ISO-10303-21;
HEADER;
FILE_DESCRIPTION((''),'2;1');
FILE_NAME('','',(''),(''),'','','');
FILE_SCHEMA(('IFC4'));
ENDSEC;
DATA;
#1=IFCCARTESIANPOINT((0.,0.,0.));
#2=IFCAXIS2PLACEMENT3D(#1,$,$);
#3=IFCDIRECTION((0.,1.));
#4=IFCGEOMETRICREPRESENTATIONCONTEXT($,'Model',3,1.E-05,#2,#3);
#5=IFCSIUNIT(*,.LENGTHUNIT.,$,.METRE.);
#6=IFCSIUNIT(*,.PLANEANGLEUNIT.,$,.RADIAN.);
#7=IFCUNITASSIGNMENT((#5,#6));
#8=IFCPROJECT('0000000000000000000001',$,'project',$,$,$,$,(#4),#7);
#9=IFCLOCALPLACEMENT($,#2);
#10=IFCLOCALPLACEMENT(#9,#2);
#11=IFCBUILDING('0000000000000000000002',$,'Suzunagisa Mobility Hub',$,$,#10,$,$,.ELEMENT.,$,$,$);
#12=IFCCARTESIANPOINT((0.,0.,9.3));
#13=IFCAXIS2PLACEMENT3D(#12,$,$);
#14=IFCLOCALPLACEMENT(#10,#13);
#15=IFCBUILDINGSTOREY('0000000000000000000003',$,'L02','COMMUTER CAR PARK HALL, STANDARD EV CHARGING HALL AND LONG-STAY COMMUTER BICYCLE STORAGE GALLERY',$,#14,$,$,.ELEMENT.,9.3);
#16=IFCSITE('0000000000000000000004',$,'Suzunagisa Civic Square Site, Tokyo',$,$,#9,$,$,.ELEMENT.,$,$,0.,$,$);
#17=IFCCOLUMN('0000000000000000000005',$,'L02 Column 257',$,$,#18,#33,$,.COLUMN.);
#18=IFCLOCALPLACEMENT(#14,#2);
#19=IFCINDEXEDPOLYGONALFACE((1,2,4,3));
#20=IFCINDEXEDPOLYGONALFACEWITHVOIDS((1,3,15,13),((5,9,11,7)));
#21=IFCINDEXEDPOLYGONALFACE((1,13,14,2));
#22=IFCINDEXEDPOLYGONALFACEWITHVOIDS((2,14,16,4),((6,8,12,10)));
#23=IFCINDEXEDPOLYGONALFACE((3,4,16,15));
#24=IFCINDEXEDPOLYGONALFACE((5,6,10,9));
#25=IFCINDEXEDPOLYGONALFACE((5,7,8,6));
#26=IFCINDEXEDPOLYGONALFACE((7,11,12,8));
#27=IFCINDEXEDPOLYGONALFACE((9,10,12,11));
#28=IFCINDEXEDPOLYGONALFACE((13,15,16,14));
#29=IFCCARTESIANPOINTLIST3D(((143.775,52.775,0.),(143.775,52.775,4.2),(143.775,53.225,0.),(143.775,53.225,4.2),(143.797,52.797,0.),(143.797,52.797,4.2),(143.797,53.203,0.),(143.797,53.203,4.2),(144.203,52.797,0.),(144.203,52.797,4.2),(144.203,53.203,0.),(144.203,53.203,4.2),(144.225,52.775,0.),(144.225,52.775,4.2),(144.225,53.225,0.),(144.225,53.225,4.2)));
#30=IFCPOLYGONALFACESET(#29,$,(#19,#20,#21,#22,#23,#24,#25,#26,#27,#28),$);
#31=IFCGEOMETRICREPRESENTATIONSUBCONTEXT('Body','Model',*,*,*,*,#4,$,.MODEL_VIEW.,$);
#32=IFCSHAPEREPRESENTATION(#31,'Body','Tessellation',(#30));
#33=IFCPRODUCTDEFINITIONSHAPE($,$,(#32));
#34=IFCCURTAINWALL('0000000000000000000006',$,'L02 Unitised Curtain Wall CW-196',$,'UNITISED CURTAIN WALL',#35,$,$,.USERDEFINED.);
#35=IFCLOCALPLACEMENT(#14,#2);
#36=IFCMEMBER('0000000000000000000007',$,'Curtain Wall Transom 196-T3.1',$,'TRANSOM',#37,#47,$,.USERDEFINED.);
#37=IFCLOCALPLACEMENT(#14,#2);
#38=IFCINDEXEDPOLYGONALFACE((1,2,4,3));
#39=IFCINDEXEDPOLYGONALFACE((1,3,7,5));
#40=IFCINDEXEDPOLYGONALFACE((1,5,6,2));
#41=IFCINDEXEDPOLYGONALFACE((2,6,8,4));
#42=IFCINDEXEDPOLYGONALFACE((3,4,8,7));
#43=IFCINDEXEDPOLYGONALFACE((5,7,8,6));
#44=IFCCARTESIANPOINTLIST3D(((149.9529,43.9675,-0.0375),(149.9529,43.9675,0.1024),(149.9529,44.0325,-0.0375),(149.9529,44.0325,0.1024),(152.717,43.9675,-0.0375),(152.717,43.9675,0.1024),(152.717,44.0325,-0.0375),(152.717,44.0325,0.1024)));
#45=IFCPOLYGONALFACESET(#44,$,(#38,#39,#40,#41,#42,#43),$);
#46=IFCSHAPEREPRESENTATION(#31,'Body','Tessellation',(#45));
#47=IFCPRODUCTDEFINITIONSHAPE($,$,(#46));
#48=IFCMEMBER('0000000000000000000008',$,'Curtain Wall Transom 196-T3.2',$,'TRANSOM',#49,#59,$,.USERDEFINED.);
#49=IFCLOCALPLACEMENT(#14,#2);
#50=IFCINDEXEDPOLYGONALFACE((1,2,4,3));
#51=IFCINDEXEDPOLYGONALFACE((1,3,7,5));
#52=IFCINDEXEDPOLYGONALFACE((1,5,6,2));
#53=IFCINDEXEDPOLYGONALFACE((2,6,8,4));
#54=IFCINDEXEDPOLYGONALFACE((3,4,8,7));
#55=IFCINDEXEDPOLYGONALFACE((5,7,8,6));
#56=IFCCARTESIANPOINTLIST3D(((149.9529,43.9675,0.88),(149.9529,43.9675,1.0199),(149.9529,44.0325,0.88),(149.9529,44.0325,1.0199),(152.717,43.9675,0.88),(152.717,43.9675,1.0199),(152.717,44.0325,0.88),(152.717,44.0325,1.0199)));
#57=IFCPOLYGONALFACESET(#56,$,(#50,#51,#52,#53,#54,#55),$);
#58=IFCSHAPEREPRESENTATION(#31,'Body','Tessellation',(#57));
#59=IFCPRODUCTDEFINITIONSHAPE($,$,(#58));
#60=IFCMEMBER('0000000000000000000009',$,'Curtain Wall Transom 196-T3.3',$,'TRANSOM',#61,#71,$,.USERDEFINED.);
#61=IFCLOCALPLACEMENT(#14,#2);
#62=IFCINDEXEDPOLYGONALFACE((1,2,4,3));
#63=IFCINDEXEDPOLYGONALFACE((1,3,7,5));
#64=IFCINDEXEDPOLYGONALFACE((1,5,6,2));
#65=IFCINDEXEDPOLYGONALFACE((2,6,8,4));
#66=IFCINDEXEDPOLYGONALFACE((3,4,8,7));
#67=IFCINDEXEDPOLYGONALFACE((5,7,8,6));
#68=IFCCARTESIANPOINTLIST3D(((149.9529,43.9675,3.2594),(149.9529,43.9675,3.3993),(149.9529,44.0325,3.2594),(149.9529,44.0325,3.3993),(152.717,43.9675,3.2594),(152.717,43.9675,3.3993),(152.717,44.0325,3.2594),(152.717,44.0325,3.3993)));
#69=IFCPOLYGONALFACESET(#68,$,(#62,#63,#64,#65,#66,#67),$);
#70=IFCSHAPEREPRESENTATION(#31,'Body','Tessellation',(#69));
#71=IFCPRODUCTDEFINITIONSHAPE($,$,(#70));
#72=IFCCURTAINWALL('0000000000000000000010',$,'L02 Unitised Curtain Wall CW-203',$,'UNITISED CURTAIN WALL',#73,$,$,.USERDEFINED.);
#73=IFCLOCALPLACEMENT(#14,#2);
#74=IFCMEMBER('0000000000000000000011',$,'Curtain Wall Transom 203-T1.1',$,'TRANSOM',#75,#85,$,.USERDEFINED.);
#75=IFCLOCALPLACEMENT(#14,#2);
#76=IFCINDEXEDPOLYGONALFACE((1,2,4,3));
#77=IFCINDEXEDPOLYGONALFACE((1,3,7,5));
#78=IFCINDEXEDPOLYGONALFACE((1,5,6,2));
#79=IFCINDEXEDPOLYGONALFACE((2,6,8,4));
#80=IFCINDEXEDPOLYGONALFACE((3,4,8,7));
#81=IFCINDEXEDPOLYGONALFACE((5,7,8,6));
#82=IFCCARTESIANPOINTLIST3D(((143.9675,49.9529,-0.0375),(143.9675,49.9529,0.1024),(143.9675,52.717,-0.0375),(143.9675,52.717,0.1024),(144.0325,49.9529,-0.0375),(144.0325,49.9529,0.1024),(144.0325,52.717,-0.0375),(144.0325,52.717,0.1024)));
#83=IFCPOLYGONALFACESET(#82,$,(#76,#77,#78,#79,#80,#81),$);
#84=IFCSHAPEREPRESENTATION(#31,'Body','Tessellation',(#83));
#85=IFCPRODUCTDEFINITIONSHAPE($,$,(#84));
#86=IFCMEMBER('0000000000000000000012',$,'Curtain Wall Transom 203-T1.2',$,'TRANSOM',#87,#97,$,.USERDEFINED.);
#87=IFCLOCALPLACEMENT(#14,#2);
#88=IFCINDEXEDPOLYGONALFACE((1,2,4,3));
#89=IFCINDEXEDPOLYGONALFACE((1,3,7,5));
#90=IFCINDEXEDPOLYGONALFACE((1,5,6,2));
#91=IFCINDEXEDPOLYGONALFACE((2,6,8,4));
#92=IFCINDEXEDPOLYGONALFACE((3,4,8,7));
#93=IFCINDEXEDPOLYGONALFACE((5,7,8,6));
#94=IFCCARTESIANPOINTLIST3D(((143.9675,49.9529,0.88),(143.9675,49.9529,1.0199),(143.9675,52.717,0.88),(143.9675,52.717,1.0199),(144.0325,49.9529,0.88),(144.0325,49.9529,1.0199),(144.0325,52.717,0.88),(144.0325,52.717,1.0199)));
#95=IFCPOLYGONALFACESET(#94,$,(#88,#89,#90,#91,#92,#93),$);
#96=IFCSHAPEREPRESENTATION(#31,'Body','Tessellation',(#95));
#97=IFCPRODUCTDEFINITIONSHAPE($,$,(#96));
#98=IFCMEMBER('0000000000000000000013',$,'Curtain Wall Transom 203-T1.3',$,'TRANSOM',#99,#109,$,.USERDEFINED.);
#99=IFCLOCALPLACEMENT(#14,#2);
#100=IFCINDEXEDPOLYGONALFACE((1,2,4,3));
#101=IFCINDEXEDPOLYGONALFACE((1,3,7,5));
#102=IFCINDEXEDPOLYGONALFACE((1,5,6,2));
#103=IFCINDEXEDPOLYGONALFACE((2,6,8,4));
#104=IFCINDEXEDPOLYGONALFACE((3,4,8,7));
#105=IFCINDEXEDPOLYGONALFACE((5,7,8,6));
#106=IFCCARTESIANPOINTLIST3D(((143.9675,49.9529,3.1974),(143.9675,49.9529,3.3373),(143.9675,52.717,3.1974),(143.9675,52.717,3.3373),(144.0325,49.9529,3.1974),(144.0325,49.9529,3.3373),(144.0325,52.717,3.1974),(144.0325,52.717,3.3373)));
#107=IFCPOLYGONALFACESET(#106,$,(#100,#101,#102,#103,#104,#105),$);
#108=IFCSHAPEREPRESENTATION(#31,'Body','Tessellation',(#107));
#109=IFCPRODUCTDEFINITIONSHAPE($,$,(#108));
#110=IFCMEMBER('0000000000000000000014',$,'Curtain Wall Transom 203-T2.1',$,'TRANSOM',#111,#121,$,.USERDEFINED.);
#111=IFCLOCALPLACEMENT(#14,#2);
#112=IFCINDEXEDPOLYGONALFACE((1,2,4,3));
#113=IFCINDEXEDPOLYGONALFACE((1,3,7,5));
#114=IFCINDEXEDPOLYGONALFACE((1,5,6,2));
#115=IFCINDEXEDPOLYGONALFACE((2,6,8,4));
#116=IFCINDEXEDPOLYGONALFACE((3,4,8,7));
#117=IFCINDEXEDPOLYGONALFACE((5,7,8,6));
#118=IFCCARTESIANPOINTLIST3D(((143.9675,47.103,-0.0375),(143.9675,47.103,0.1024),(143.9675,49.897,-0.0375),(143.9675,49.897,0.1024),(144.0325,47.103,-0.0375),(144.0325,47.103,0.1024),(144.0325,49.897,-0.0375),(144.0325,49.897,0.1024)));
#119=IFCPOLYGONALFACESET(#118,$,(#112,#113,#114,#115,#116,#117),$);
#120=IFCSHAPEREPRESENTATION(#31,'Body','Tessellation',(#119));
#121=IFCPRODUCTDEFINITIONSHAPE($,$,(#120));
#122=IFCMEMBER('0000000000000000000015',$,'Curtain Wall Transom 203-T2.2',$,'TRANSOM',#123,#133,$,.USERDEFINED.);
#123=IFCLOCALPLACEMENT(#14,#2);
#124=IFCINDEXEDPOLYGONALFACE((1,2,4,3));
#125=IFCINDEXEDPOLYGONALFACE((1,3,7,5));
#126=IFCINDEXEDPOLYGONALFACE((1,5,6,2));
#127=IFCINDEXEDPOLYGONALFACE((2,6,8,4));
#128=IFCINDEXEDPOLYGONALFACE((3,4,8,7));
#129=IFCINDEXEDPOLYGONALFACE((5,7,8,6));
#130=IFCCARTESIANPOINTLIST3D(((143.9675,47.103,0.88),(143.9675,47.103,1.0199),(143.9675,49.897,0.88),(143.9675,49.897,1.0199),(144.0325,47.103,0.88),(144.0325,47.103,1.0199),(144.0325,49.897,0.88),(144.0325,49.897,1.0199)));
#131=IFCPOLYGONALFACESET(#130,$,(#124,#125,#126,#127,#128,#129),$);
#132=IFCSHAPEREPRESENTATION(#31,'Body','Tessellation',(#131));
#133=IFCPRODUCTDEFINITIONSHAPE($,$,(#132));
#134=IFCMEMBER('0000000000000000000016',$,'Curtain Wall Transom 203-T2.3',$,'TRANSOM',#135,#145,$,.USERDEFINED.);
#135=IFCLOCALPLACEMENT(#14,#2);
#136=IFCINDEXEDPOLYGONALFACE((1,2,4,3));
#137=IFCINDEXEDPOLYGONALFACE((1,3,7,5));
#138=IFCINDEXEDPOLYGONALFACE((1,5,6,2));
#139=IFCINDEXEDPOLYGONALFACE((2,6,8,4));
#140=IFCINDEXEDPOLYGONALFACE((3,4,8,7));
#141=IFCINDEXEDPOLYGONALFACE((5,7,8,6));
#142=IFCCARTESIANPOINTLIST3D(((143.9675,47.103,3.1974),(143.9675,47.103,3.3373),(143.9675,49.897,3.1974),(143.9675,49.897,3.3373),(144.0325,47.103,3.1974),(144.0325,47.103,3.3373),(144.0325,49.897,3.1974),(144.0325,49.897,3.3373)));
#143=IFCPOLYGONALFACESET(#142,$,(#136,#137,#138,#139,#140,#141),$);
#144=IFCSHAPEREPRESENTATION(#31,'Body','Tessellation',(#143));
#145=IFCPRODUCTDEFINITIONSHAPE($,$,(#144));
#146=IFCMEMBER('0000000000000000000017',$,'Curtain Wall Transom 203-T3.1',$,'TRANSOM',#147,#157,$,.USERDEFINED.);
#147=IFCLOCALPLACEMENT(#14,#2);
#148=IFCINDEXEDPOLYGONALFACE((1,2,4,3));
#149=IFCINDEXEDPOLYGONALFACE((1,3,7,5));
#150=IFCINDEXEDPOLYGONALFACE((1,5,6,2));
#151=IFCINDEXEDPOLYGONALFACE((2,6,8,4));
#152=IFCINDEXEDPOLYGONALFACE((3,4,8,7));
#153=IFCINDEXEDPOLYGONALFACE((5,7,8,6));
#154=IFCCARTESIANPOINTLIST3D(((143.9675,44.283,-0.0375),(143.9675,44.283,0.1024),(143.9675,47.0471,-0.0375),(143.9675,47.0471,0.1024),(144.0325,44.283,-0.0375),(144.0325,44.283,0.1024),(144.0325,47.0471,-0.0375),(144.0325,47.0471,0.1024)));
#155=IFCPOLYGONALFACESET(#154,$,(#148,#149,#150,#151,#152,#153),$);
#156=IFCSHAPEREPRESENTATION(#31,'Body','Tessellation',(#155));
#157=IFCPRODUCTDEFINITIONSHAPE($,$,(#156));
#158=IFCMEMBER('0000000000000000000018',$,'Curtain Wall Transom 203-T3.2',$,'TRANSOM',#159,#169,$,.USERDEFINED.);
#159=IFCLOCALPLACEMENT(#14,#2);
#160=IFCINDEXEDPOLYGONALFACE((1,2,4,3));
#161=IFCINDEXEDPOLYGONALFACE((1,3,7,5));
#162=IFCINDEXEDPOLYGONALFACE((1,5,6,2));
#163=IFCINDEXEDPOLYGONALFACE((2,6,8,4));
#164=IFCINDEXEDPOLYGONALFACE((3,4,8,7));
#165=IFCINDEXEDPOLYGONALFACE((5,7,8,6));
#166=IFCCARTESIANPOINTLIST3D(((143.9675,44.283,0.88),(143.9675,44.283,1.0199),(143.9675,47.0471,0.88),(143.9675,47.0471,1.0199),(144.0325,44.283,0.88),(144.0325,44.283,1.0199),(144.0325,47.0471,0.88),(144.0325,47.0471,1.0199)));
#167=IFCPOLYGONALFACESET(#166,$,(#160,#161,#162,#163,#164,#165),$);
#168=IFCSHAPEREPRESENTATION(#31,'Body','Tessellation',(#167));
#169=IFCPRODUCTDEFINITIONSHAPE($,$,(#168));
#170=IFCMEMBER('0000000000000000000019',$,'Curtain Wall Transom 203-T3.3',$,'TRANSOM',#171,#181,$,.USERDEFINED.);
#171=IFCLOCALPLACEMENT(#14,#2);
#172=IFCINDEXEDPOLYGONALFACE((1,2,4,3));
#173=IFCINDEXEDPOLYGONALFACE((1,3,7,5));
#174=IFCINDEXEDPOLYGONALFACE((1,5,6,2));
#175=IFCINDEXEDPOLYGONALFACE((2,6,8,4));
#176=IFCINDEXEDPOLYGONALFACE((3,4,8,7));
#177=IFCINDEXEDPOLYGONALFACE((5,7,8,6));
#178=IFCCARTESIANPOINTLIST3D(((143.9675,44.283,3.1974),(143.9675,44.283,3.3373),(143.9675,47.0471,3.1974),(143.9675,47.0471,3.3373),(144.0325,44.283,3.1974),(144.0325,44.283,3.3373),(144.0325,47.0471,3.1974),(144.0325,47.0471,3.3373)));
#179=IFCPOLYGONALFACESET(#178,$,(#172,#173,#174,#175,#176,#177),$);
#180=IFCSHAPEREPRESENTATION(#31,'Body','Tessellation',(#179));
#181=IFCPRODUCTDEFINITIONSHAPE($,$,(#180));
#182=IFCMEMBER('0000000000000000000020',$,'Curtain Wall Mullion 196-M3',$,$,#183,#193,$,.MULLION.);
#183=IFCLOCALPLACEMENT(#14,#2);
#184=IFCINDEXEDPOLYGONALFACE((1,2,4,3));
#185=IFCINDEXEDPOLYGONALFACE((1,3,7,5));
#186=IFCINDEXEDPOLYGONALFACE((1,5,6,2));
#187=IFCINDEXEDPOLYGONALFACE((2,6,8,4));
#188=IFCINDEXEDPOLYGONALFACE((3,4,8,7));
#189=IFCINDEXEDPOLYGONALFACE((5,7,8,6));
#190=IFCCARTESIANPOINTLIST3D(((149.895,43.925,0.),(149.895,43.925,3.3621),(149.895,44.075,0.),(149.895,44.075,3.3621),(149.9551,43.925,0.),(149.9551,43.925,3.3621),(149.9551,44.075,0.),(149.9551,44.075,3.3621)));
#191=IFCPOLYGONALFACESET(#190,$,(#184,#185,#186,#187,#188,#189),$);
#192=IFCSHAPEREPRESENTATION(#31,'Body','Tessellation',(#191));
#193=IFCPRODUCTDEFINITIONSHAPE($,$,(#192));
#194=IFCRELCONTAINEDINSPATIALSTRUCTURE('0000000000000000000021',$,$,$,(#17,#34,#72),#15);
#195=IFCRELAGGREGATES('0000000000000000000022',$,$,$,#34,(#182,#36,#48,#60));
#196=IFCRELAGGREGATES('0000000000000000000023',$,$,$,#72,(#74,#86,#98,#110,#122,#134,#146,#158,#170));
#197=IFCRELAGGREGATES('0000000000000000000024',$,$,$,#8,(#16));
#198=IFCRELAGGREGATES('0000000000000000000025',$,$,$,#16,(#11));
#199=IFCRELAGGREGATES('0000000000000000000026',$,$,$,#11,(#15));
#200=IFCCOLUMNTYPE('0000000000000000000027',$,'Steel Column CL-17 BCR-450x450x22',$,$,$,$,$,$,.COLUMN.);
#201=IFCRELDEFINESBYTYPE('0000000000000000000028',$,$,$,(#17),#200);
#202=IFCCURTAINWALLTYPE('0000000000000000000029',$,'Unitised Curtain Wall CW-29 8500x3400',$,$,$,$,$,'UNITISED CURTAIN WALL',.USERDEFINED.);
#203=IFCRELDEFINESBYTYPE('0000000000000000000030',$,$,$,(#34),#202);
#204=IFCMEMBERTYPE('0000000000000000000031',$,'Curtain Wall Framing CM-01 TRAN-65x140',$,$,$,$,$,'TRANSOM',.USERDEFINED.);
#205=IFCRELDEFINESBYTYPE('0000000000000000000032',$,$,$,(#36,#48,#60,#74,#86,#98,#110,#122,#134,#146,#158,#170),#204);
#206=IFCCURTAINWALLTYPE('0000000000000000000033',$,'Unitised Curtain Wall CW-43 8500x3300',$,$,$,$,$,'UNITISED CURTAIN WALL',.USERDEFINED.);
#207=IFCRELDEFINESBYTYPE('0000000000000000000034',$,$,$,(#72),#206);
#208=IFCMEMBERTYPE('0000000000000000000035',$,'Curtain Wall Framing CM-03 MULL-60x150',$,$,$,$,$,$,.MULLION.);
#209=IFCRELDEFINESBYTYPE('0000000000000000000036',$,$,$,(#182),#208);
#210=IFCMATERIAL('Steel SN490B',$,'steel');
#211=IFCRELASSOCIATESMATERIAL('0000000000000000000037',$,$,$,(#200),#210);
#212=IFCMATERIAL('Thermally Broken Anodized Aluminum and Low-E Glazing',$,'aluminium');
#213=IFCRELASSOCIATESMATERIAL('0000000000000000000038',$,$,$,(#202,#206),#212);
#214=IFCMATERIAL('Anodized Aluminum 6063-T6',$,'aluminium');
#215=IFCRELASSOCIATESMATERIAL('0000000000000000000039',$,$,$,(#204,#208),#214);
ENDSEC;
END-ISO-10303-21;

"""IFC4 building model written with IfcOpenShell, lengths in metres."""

from ifc_helpers import new_model, si_unit, direction, frame, origin, origin_2d, place, context, subcontext, project, spatial, rectangle, hollow_rectangle, extrude, material, material_profile, profile_set, type_object, element, aggregate, save


model = new_model("IFC4")

# Units and contexts
model_context = context("Model", 3, precision=1e-05, world=origin(), true_north=direction((0.0, 1.0)))
body_context = subcontext(model_context, "Body", "Model", "MODEL_VIEW")
ifc_project = project(units=[si_unit("LENGTHUNIT", "METRE"), si_unit("PLANEANGLEUNIT", "RADIAN")], contexts=[model_context])

# Site, building, storey
site_placement = place(None, origin())
site = spatial("IfcSite", under=ifc_project, at=site_placement, Name="Suzunagisa Civic Square Site, Tokyo", CompositionType="ELEMENT", RefElevation=0.0)
building_placement = place(site_placement, origin())
building = spatial("IfcBuilding", under=site, at=building_placement, Name="Suzunagisa Mobility Hub", CompositionType="ELEMENT")
storey_placement = place(building_placement, frame((0.0, 0.0, 9.3)))
storey = spatial("IfcBuildingStorey", under=building, at=storey_placement, Name="L02", Description="COMMUTER CAR PARK HALL, STANDARD EV CHARGING HALL AND LONG-STAY COMMUTER BICYCLE STORAGE GALLERY", CompositionType="ELEMENT", Elevation=9.3)

# Column
ifc_material_1 = material(Name="Steel SN490B", Category="steel")
ifc_material_profile_1 = material_profile(ifc_material_1, hollow_rectangle(XDim=0.45, YDim=0.45, WallThickness=0.022, at=origin_2d()), Name="BCR-450x450x22")
ifc_profile_set_1 = profile_set([ifc_material_profile_1], Name="Steel SN490B")
column_type = type_object("IfcColumnType", Name="Steel Column CL-17 BCR-450x450x22", PredefinedType="COLUMN", material=ifc_profile_set_1)
column_placement = place(storey_placement, frame((144.0, 53.0, 0.0), z_axis=(0.0, 0.0, 1.0), x_axis=(1.0, 0.0, 0.0)))
element("IfcColumn", 1, at=column_placement, inside=storey, type_object=column_type, Name="L02 Column 257", PredefinedType="COLUMN", context=body_context, shape_type="SweptSolid", body=[
    extrude(hollow_rectangle(XDim=0.45, YDim=0.45, WallThickness=0.022, at=origin_2d()), origin(), (0.0, 0.0, 1.0), 4.2),
])

# Curtain walls, members
ifc_material_2 = material(Name="Thermally Broken Anodized Aluminum and Low-E Glazing", Category="aluminium")
curtain_wall_type_1 = type_object("IfcCurtainWallType", Name="Unitised Curtain Wall CW-29 8500x3400", ElementType="UNITISED CURTAIN WALL", PredefinedType="USERDEFINED", material=ifc_material_2)
curtain_wall_1_placement = place(storey_placement, origin())
curtain_wall_1 = element("IfcCurtainWall", 2, at=curtain_wall_1_placement, inside=storey, type_object=curtain_wall_type_1, Name="L02 Unitised Curtain Wall CW-196", ObjectType="UNITISED CURTAIN WALL", PredefinedType="USERDEFINED")
ifc_material_3 = material(Name="Anodized Aluminum 6063-T6", Category="aluminium")
ifc_material_profile_2 = material_profile(ifc_material_3, rectangle(XDim=0.0649, YDim=0.1399, at=origin_2d()), Name="TRAN-65x140")
ifc_profile_set_2 = profile_set([ifc_material_profile_2], Name="Anodized Aluminum 6063-T6")
member_type_1 = type_object("IfcMemberType", Name="Curtain Wall Framing CM-01 TRAN-65x140", ElementType="TRANSOM", PredefinedType="USERDEFINED", material=ifc_profile_set_2)
member_1_placement = place(storey_placement, frame((149.9529, 44.0, 0.0325), z_axis=(1.0, 0.0, 0.0), x_axis=(0.0, 1.0, 0.0)))
member_1 = element("IfcMember", 3, at=member_1_placement, type_object=member_type_1, Name="Curtain Wall Transom 196-T3.1", ObjectType="TRANSOM", PredefinedType="USERDEFINED", context=body_context, shape_type="SweptSolid", body=[
    extrude(rectangle(XDim=0.0649, YDim=0.1399, at=origin_2d()), origin(), (0.0, 0.0, 1.0), 2.7642),
])
member_2_placement = place(storey_placement, frame((149.9529, 44.0, 0.95), z_axis=(1.0, 0.0, 0.0), x_axis=(0.0, 1.0, 0.0)))
member_2 = element("IfcMember", 4, at=member_2_placement, type_object=member_type_1, Name="Curtain Wall Transom 196-T3.2", ObjectType="TRANSOM", PredefinedType="USERDEFINED", context=body_context, shape_type="SweptSolid", body=[
    extrude(rectangle(XDim=0.0649, YDim=0.1399, at=origin_2d()), origin(), (0.0, 0.0, 1.0), 2.7642),
])
member_3_placement = place(storey_placement, frame((149.9529, 44.0, 3.3293), z_axis=(1.0, 0.0, 0.0), x_axis=(0.0, 1.0, 0.0)))
member_3 = element("IfcMember", 5, at=member_3_placement, type_object=member_type_1, Name="Curtain Wall Transom 196-T3.3", ObjectType="TRANSOM", PredefinedType="USERDEFINED", context=body_context, shape_type="SweptSolid", body=[
    extrude(rectangle(XDim=0.0649, YDim=0.1399, at=origin_2d()), origin(), (0.0, 0.0, 1.0), 2.7642),
])
curtain_wall_type_2 = type_object("IfcCurtainWallType", Name="Unitised Curtain Wall CW-43 8500x3300", ElementType="UNITISED CURTAIN WALL", PredefinedType="USERDEFINED", material=ifc_material_2)
curtain_wall_2_placement = place(storey_placement, origin())
curtain_wall_2 = element("IfcCurtainWall", 6, at=curtain_wall_2_placement, inside=storey, type_object=curtain_wall_type_2, Name="L02 Unitised Curtain Wall CW-203", ObjectType="UNITISED CURTAIN WALL", PredefinedType="USERDEFINED")
member_4_placement = place(storey_placement, frame((144.0, 52.717, 0.0325), z_axis=(0.0, -1.0, 0.0), x_axis=(1.0, 0.0, 0.0)))
member_4 = element("IfcMember", 7, at=member_4_placement, type_object=member_type_1, Name="Curtain Wall Transom 203-T1.1", ObjectType="TRANSOM", PredefinedType="USERDEFINED", context=body_context, shape_type="SweptSolid", body=[
    extrude(rectangle(XDim=0.0649, YDim=0.1399, at=origin_2d()), origin(), (0.0, 0.0, 1.0), 2.7642),
])
member_5_placement = place(storey_placement, frame((144.0, 52.717, 0.95), z_axis=(0.0, -1.0, 0.0), x_axis=(1.0, 0.0, 0.0)))
member_5 = element("IfcMember", 8, at=member_5_placement, type_object=member_type_1, Name="Curtain Wall Transom 203-T1.2", ObjectType="TRANSOM", PredefinedType="USERDEFINED", context=body_context, shape_type="SweptSolid", body=[
    extrude(rectangle(XDim=0.0649, YDim=0.1399, at=origin_2d()), origin(), (0.0, 0.0, 1.0), 2.7642),
])
member_6_placement = place(storey_placement, frame((144.0, 52.717, 3.2673), z_axis=(0.0, -1.0, 0.0), x_axis=(1.0, 0.0, 0.0)))
member_6 = element("IfcMember", 9, at=member_6_placement, type_object=member_type_1, Name="Curtain Wall Transom 203-T1.3", ObjectType="TRANSOM", PredefinedType="USERDEFINED", context=body_context, shape_type="SweptSolid", body=[
    extrude(rectangle(XDim=0.0649, YDim=0.1399, at=origin_2d()), origin(), (0.0, 0.0, 1.0), 2.7642),
])
member_7_placement = place(storey_placement, frame((144.0, 49.897, 0.0325), z_axis=(0.0, -1.0, 0.0), x_axis=(1.0, 0.0, 0.0)))
member_7 = element("IfcMember", 10, at=member_7_placement, type_object=member_type_1, Name="Curtain Wall Transom 203-T2.1", ObjectType="TRANSOM", PredefinedType="USERDEFINED", context=body_context, shape_type="SweptSolid", body=[
    extrude(rectangle(XDim=0.0649, YDim=0.1399, at=origin_2d()), origin(), (0.0, 0.0, 1.0), 2.7939),
])
member_8_placement = place(storey_placement, frame((144.0, 49.897, 0.95), z_axis=(0.0, -1.0, 0.0), x_axis=(1.0, 0.0, 0.0)))
member_8 = element("IfcMember", 11, at=member_8_placement, type_object=member_type_1, Name="Curtain Wall Transom 203-T2.2", ObjectType="TRANSOM", PredefinedType="USERDEFINED", context=body_context, shape_type="SweptSolid", body=[
    extrude(rectangle(XDim=0.0649, YDim=0.1399, at=origin_2d()), origin(), (0.0, 0.0, 1.0), 2.7939),
])
member_9_placement = place(storey_placement, frame((144.0, 49.897, 3.2673), z_axis=(0.0, -1.0, 0.0), x_axis=(1.0, 0.0, 0.0)))
member_9 = element("IfcMember", 12, at=member_9_placement, type_object=member_type_1, Name="Curtain Wall Transom 203-T2.3", ObjectType="TRANSOM", PredefinedType="USERDEFINED", context=body_context, shape_type="SweptSolid", body=[
    extrude(rectangle(XDim=0.0649, YDim=0.1399, at=origin_2d()), origin(), (0.0, 0.0, 1.0), 2.7939),
])
member_10_placement = place(storey_placement, frame((144.0, 47.0471, 0.0325), z_axis=(0.0, -1.0, 0.0), x_axis=(1.0, 0.0, 0.0)))
member_10 = element("IfcMember", 13, at=member_10_placement, type_object=member_type_1, Name="Curtain Wall Transom 203-T3.1", ObjectType="TRANSOM", PredefinedType="USERDEFINED", context=body_context, shape_type="SweptSolid", body=[
    extrude(rectangle(XDim=0.0649, YDim=0.1399, at=origin_2d()), origin(), (0.0, 0.0, 1.0), 2.7642),
])
member_11_placement = place(storey_placement, frame((144.0, 47.0471, 0.95), z_axis=(0.0, -1.0, 0.0), x_axis=(1.0, 0.0, 0.0)))
member_11 = element("IfcMember", 14, at=member_11_placement, type_object=member_type_1, Name="Curtain Wall Transom 203-T3.2", ObjectType="TRANSOM", PredefinedType="USERDEFINED", context=body_context, shape_type="SweptSolid", body=[
    extrude(rectangle(XDim=0.0649, YDim=0.1399, at=origin_2d()), origin(), (0.0, 0.0, 1.0), 2.7642),
])
member_12_placement = place(storey_placement, frame((144.0, 47.0471, 3.2673), z_axis=(0.0, -1.0, 0.0), x_axis=(1.0, 0.0, 0.0)))
member_12 = element("IfcMember", 15, at=member_12_placement, type_object=member_type_1, Name="Curtain Wall Transom 203-T3.3", ObjectType="TRANSOM", PredefinedType="USERDEFINED", context=body_context, shape_type="SweptSolid", body=[
    extrude(rectangle(XDim=0.0649, YDim=0.1399, at=origin_2d()), origin(), (0.0, 0.0, 1.0), 2.7642),
])

# Member
ifc_material_profile_3 = material_profile(ifc_material_3, rectangle(XDim=0.0601, YDim=0.1499, at=origin_2d()), Name="MULL-60x150")
ifc_profile_set_3 = profile_set([ifc_material_profile_3], Name="Anodized Aluminum 6063-T6")
member_type_2 = type_object("IfcMemberType", Name="Curtain Wall Framing CM-03 MULL-60x150", PredefinedType="MULLION", material=ifc_profile_set_3)
member_13_placement = place(storey_placement, frame((149.925, 44.0, 0.0), z_axis=(0.0, 0.0, 1.0), x_axis=(1.0, 0.0, 0.0)))
member_13 = element("IfcMember", 16, at=member_13_placement, type_object=member_type_2, Name="Curtain Wall Mullion 196-M3", PredefinedType="MULLION", context=body_context, shape_type="SweptSolid", body=[
    extrude(rectangle(XDim=0.0601, YDim=0.1499, at=origin_2d()), origin(), (0.0, 0.0, 1.0), 3.3621),
])

aggregate(curtain_wall_1, [member_13, member_1, member_2, member_3])
aggregate(curtain_wall_2, [member_4, member_5, member_6, member_7, member_8, member_9, member_10, member_11, member_12])

save(model, "model.ifc")
